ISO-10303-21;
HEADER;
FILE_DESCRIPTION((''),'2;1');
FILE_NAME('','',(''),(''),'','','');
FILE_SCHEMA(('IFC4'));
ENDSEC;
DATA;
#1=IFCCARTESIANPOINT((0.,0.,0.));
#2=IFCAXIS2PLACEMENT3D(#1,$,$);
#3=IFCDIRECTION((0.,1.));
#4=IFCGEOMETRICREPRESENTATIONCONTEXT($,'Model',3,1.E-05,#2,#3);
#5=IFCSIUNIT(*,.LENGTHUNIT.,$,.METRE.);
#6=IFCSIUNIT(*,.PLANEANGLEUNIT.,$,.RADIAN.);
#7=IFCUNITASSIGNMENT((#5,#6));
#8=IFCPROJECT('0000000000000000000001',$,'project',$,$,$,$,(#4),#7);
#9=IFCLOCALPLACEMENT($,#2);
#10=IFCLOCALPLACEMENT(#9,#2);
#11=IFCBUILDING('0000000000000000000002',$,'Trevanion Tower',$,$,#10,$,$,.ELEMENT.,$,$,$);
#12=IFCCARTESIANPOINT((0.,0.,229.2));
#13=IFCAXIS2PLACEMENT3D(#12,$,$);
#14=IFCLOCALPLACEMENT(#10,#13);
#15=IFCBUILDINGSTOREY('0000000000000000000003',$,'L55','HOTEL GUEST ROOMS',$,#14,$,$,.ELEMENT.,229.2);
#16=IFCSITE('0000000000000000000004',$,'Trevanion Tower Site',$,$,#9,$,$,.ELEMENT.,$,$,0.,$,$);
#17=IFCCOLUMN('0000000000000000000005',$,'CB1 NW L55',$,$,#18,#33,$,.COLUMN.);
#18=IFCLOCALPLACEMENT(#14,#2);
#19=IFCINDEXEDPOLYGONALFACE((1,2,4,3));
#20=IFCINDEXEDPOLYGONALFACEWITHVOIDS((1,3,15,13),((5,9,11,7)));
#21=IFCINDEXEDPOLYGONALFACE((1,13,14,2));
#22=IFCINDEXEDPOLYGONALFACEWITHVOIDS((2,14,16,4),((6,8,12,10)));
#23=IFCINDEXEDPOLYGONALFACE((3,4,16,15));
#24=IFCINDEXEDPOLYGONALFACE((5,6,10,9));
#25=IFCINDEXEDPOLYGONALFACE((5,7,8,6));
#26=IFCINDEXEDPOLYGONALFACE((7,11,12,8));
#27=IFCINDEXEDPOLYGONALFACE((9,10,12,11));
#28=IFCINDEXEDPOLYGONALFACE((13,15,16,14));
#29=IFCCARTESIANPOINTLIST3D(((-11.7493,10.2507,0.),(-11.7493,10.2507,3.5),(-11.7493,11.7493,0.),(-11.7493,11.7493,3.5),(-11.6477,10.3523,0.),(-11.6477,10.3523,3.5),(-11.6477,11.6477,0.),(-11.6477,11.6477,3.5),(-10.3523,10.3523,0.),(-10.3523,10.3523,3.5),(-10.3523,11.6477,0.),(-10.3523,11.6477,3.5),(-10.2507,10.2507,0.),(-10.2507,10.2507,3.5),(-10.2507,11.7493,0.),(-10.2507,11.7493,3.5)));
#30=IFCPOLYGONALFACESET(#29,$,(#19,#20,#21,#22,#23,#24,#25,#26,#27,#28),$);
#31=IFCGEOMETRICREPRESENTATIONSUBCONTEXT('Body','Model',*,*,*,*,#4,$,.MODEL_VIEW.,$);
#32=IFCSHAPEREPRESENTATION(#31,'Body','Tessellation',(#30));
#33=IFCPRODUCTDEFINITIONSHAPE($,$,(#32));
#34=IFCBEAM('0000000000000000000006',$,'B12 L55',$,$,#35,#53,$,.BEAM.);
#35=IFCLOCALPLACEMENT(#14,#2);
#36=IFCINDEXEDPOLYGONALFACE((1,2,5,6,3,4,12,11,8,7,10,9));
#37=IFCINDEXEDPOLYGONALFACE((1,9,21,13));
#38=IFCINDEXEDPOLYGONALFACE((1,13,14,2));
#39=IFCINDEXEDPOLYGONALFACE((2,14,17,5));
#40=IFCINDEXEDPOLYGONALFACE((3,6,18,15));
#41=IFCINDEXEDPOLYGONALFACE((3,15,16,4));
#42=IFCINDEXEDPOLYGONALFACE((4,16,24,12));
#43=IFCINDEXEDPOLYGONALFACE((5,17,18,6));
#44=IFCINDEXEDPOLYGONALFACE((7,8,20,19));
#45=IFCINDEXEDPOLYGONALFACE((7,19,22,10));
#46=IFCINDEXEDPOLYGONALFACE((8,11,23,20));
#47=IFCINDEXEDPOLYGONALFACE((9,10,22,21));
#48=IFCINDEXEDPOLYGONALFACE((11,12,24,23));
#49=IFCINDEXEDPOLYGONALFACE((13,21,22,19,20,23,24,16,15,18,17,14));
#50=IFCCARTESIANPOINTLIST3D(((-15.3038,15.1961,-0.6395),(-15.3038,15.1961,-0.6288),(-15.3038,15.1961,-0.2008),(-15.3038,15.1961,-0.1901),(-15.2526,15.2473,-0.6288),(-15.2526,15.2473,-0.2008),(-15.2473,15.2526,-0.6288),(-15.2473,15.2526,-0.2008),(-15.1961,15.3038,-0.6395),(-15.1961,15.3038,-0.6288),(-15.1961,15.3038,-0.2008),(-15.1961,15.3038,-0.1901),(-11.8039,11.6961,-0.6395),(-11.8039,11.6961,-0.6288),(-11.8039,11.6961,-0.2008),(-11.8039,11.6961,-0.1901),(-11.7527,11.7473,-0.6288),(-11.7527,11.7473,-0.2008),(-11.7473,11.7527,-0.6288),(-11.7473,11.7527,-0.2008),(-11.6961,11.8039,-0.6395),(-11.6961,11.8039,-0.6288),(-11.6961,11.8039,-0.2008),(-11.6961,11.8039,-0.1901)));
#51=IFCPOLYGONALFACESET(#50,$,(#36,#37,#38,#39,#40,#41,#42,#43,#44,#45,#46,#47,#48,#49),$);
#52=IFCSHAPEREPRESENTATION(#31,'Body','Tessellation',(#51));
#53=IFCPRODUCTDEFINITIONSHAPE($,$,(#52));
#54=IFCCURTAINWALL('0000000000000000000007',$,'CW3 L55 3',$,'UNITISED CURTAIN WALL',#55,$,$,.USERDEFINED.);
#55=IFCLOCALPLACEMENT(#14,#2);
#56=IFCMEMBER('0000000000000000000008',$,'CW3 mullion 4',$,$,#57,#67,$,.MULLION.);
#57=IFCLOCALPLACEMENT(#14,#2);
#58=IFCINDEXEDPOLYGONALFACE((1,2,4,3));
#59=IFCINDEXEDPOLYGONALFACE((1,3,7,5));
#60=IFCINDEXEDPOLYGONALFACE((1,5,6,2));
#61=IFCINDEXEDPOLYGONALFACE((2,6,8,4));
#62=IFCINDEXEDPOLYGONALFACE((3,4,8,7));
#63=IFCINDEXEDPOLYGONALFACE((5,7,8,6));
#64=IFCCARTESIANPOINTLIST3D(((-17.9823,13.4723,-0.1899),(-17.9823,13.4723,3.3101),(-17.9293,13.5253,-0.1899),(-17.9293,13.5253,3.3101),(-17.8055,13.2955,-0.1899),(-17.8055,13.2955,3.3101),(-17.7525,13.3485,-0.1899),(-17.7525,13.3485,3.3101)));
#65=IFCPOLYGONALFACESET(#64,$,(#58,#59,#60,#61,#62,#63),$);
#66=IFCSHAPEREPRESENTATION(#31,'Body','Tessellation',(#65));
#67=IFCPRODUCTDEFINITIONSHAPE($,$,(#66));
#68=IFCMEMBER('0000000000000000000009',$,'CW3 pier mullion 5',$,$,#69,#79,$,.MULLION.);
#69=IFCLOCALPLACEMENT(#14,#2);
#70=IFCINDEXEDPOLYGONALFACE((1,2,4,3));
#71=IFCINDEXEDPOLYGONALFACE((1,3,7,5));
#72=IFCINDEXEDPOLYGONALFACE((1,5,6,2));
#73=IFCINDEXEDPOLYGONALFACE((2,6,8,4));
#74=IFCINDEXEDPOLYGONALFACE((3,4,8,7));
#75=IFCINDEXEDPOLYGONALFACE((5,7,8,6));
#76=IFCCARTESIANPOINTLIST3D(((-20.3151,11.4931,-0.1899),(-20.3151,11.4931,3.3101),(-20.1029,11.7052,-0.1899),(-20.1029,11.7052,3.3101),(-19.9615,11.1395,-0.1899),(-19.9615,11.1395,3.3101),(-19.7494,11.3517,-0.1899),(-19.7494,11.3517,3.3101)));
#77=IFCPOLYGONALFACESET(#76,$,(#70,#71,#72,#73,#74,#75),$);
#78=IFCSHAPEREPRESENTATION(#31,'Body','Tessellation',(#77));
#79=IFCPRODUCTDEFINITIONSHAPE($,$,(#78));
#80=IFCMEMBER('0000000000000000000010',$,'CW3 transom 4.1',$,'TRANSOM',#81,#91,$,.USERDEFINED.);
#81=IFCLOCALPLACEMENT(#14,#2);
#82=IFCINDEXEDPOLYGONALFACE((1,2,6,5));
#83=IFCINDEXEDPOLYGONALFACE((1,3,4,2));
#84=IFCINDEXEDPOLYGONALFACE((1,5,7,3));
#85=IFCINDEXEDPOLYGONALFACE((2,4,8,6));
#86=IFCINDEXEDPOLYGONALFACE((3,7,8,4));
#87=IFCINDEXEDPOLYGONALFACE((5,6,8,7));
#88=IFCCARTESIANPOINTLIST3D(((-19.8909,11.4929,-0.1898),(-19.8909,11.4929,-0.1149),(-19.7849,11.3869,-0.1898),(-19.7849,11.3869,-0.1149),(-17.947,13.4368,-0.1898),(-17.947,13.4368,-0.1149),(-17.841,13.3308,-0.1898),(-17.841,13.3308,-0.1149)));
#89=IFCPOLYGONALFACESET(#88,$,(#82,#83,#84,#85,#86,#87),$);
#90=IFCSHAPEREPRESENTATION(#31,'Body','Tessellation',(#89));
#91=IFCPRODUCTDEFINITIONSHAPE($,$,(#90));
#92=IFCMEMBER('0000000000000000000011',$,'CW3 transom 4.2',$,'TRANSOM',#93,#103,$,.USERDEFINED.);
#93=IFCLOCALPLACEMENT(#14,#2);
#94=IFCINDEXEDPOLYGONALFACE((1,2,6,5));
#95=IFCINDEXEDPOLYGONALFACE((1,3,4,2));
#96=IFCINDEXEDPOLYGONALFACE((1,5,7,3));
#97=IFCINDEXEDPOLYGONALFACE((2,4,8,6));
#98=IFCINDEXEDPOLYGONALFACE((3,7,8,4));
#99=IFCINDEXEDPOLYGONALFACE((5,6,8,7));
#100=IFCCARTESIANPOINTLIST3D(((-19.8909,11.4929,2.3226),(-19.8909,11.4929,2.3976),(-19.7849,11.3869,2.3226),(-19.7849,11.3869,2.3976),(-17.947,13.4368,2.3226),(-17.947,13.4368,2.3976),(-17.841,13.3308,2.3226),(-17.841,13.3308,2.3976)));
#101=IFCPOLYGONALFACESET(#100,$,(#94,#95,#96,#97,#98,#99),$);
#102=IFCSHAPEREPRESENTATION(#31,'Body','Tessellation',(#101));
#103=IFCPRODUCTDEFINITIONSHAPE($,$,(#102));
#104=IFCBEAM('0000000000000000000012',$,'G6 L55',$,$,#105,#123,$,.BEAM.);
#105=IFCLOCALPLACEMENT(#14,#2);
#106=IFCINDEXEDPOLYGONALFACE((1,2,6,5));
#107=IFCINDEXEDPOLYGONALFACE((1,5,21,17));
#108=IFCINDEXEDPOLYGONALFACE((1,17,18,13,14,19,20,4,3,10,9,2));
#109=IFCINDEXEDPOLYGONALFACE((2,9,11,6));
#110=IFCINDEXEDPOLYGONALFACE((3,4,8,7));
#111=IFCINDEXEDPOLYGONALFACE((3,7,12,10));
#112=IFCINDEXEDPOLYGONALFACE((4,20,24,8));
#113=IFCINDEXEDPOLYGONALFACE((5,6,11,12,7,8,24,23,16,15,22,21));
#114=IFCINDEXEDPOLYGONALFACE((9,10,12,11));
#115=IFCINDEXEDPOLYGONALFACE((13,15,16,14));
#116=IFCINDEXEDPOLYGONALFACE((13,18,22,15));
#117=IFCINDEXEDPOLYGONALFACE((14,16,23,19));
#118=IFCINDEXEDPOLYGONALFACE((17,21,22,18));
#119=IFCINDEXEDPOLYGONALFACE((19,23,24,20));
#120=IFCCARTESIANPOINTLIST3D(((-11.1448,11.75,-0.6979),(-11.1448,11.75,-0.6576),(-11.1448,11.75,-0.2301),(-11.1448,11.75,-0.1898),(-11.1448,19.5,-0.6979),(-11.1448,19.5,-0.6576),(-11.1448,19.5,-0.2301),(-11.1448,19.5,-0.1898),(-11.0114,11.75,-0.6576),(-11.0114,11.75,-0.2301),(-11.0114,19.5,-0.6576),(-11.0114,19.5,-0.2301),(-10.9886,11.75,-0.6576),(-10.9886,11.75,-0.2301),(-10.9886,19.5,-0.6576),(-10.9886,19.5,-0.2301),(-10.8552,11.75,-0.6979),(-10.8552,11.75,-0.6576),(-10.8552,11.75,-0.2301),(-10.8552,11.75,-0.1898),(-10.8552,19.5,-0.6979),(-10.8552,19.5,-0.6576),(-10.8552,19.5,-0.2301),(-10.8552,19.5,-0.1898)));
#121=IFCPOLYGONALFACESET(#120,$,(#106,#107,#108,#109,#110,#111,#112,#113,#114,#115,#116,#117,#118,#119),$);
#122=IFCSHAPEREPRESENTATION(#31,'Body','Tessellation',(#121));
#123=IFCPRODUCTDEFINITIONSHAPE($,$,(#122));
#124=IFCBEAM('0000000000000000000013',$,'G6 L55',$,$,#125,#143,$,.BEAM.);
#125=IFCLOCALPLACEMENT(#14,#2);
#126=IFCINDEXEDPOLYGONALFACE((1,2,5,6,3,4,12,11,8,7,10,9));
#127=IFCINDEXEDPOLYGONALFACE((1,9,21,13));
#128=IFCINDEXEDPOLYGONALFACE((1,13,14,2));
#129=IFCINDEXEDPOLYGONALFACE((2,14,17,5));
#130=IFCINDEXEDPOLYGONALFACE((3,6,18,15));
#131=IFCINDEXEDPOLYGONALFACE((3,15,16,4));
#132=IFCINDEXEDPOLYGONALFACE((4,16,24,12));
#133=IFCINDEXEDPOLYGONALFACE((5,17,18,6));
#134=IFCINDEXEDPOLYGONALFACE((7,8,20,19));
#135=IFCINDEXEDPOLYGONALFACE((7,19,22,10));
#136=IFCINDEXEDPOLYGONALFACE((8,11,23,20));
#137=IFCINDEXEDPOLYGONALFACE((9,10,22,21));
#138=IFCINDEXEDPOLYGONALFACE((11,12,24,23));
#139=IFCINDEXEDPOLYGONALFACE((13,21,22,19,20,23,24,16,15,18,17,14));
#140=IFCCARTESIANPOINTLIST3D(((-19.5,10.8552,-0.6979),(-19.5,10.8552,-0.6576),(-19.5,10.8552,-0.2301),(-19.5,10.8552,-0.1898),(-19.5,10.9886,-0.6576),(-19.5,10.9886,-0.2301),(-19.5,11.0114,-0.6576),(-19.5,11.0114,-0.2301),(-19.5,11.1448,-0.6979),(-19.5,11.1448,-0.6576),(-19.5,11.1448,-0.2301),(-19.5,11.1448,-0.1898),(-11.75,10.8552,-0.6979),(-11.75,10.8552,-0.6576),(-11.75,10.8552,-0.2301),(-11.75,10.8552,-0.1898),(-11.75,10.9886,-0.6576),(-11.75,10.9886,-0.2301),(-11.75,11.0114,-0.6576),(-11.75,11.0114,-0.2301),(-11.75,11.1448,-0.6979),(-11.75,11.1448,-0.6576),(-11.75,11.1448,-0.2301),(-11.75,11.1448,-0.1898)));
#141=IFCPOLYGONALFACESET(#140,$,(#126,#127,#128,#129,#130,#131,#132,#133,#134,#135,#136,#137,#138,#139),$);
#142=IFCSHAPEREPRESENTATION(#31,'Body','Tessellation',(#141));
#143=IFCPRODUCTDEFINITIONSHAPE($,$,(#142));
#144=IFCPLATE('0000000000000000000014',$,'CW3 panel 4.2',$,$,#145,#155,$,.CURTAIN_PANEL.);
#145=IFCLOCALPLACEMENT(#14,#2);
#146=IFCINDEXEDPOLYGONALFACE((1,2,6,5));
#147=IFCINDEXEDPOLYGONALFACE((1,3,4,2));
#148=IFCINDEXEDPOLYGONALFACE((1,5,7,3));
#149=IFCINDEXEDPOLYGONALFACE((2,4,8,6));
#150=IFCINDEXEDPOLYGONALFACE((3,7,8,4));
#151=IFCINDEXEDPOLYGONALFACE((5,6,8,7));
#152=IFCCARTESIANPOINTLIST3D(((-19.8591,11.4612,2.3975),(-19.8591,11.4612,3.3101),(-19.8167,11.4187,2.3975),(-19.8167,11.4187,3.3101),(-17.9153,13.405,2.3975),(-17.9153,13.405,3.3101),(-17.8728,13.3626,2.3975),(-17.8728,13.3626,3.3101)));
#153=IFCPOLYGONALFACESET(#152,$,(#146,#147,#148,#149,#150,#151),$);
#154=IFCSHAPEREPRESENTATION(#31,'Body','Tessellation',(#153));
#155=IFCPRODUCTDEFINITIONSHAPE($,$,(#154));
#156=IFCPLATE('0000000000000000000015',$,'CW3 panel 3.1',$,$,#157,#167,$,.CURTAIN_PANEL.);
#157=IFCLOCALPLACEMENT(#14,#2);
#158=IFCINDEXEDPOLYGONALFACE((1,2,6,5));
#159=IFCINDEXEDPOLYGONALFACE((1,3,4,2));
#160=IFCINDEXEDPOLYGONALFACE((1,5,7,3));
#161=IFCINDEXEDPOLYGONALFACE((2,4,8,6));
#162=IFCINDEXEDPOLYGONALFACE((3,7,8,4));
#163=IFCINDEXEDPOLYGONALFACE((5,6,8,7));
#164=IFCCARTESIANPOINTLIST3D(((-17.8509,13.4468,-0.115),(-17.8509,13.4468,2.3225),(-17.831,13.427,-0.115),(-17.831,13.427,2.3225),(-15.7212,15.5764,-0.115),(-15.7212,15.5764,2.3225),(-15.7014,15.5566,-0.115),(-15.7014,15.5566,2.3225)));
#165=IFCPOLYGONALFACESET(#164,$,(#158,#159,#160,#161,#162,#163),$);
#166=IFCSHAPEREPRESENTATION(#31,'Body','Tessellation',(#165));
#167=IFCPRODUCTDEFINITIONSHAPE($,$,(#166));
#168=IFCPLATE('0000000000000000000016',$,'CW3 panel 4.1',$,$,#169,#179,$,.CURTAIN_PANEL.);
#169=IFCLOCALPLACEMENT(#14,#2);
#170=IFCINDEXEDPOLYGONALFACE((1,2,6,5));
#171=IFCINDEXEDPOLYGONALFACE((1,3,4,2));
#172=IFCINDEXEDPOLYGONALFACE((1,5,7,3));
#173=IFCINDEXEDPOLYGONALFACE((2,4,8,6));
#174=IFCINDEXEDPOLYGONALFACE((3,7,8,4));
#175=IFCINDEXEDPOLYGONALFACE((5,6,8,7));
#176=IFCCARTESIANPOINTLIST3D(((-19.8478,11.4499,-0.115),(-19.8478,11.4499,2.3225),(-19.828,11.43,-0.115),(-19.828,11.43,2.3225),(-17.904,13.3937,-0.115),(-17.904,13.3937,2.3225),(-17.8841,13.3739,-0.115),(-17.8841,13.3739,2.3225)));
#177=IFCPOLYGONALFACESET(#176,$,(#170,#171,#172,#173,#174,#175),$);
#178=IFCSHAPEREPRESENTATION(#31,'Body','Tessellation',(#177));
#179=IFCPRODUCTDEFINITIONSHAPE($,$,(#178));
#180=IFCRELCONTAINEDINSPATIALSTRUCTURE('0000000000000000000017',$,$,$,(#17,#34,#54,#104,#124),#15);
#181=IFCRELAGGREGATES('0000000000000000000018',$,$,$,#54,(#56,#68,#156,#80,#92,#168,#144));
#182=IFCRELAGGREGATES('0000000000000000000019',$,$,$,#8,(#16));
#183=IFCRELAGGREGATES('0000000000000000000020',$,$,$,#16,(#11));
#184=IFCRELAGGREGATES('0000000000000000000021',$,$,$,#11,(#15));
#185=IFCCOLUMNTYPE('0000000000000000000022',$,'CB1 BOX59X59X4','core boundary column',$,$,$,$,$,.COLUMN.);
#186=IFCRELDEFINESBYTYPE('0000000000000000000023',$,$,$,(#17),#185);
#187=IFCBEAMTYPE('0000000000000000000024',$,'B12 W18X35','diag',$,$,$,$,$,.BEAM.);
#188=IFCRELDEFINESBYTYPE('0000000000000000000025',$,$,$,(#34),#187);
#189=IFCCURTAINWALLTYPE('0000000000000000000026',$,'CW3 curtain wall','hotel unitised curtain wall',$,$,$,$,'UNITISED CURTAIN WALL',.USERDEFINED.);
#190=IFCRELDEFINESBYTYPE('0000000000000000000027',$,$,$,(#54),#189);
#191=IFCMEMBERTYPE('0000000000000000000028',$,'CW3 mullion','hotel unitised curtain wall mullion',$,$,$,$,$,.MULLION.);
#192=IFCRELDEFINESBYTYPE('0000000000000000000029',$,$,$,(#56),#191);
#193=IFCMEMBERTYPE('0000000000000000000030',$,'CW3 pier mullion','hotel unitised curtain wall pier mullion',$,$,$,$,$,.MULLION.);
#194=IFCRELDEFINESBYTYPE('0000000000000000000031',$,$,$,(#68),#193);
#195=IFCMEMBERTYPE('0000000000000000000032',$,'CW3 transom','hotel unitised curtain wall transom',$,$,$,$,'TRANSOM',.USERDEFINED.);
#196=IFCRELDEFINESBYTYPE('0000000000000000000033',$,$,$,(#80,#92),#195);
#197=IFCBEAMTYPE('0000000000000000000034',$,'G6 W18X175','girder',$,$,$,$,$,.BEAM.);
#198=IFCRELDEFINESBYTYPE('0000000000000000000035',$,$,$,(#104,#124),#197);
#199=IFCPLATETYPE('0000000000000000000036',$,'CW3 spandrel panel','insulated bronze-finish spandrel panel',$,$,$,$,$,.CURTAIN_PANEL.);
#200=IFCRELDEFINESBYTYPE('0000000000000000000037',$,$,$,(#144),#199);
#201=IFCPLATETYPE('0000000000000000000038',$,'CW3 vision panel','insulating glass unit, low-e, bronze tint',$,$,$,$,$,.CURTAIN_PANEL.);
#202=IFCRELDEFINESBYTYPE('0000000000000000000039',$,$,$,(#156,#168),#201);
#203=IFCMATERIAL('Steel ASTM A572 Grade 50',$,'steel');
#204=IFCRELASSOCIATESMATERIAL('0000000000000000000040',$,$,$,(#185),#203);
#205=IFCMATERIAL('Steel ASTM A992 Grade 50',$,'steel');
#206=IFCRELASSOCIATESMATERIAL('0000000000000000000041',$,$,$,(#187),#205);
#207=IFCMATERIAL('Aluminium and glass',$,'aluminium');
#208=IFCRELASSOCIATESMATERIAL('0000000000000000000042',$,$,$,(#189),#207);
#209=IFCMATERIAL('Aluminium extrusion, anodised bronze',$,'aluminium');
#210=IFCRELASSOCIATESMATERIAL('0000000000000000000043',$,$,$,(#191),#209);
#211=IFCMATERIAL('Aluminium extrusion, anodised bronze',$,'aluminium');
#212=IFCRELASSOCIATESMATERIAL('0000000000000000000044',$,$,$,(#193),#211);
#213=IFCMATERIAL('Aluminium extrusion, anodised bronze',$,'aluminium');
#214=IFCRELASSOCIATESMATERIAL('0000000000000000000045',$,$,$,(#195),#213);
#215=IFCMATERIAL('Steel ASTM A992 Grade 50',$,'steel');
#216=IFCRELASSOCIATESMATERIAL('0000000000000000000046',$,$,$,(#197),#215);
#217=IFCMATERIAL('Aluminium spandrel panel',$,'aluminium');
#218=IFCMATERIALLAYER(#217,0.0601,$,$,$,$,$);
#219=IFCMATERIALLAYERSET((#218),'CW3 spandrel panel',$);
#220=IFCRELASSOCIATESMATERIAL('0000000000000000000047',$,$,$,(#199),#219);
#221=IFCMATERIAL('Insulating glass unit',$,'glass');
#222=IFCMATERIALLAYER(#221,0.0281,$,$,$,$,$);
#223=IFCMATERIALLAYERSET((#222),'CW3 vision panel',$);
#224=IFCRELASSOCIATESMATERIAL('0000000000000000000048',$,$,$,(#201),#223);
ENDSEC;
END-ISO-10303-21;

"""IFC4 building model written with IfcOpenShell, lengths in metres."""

from ifc_helpers import new_model, si_unit, direction, frame, origin, origin_2d, place, context, subcontext, project, spatial, rectangle, hollow_rectangle, i_section, extrude, material, layer, layer_set, material_profile, profile_set, type_object, element, aggregate, save


model = new_model("IFC4")

# Units and contexts
model_context = context("Model", 3, precision=1e-05, world=origin(), true_north=direction((0.0, 1.0)))
body_context = subcontext(model_context, "Body", "Model", "MODEL_VIEW")
ifc_project = project(units=[si_unit("LENGTHUNIT", "METRE"), si_unit("PLANEANGLEUNIT", "RADIAN")], contexts=[model_context])

# Site, building, storey
site_placement = place(None, origin())
site = spatial("IfcSite", under=ifc_project, at=site_placement, Name="Trevanion Tower Site", CompositionType="ELEMENT", RefElevation=0.0)
building_placement = place(site_placement, origin())
building = spatial("IfcBuilding", under=site, at=building_placement, Name="Trevanion Tower", CompositionType="ELEMENT")
storey_placement = place(building_placement, frame((0.0, 0.0, 229.2)))
storey = spatial("IfcBuildingStorey", under=building, at=storey_placement, Name="L55", Description="HOTEL GUEST ROOMS", CompositionType="ELEMENT", Elevation=229.2)

# Column
ifc_material_1 = material(Name="Steel ASTM A572 Grade 50", Category="steel")
ifc_material_profile_1 = material_profile(ifc_material_1, hollow_rectangle(XDim=1.4985, YDim=1.4985, WallThickness=0.1016, at=origin_2d()), Name="BOX59X59X4")
ifc_profile_set_1 = profile_set([ifc_material_profile_1], Name="Steel ASTM A572 Grade 50")
column_type = type_object("IfcColumnType", Name="CB1 BOX59X59X4", Description="core boundary column", PredefinedType="COLUMN", material=ifc_profile_set_1)
column_placement = place(storey_placement, frame((-11.0, 11.0, 0.0), z_axis=(0.0, 0.0, 1.0), x_axis=(1.0, 0.0, 0.0)))
element("IfcColumn", 1, at=column_placement, inside=storey, type_object=column_type, Name="CB1 NW L55", PredefinedType="COLUMN", context=body_context, shape_type="SweptSolid", body=[
    extrude(hollow_rectangle(XDim=1.4985, YDim=1.4985, WallThickness=0.1016, at=origin_2d()), origin(), (0.0, 0.0, 1.0), 3.5),
])

# Beam
ifc_material_2 = material(Name="Steel ASTM A992 Grade 50", Category="steel")
ifc_material_profile_2 = material_profile(ifc_material_2, i_section(OverallWidth=0.1523, OverallDepth=0.4495, WebThickness=0.0076, FlangeThickness=0.0107, at=origin_2d()), Name="W18X35")
ifc_profile_set_2 = profile_set([ifc_material_profile_2], Name="Steel ASTM A992 Grade 50")
beam_type_1 = type_object("IfcBeamType", Name="B12 W18X35", Description="diag", PredefinedType="BEAM", material=ifc_profile_set_2)
beam_placement = place(storey_placement, frame((-11.75, 11.75, -0.4148), z_axis=(-0.707107, 0.707107, 0.0), x_axis=(-0.707107, -0.707107, 0.0)))
element("IfcBeam", 2, at=beam_placement, inside=storey, type_object=beam_type_1, Name="B12 L55", PredefinedType="BEAM", context=body_context, shape_type="SweptSolid", body=[
    extrude(i_section(OverallWidth=0.1523, OverallDepth=0.4495, WebThickness=0.0076, FlangeThickness=0.0107, at=origin_2d()), origin(), (0.0, 0.0, 1.0), 4.9497),
])

# Curtain wall, members
ifc_material_3 = material(Name="Aluminium and glass", Category="aluminium")
curtain_wall_type = type_object("IfcCurtainWallType", Name="CW3 curtain wall", Description="hotel unitised curtain wall", ElementType="UNITISED CURTAIN WALL", PredefinedType="USERDEFINED", material=ifc_material_3)
curtain_wall_placement = place(storey_placement, origin())
curtain_wall = element("IfcCurtainWall", 3, at=curtain_wall_placement, inside=storey, type_object=curtain_wall_type, Name="CW3 L55 3", ObjectType="UNITISED CURTAIN WALL", PredefinedType="USERDEFINED")
ifc_material_4 = material(Name="Aluminium extrusion, anodised bronze", Category="aluminium")
ifc_material_profile_3 = material_profile(ifc_material_4, rectangle(XDim=0.075, YDim=0.25, at=origin_2d()), Name="CW3 mullion")
ifc_profile_set_3 = profile_set([ifc_material_profile_3], Name="Aluminium extrusion, anodised bronze")
member_type_1 = type_object("IfcMemberType", Name="CW3 mullion", Description="hotel unitised curtain wall mullion", PredefinedType="MULLION", material=ifc_profile_set_3)
member_1_placement = place(storey_placement, frame((-17.8674, 13.4104, -0.1899), z_axis=(0.0, 0.0, 1.0), x_axis=(-0.707107, -0.707107, 0.0)))
member_1 = element("IfcMember", 4, at=member_1_placement, type_object=member_type_1, Name="CW3 mullion 4", PredefinedType="MULLION", context=body_context, shape_type="SweptSolid", body=[
    extrude(rectangle(XDim=0.075, YDim=0.25, at=origin_2d()), origin(), (0.0, 0.0, 1.0), 3.5),
])
ifc_material_5 = material(Name="Aluminium extrusion, anodised bronze", Category="aluminium")
ifc_material_profile_4 = material_profile(ifc_material_5, rectangle(XDim=0.3, YDim=0.5, at=origin_2d()), Name="CW3 pier mullion")
ifc_profile_set_4 = profile_set([ifc_material_profile_4], Name="Aluminium extrusion, anodised bronze")
member_type_2 = type_object("IfcMemberType", Name="CW3 pier mullion", Description="hotel unitised curtain wall pier mullion", PredefinedType="MULLION", material=ifc_profile_set_4)
member_2_placement = place(storey_placement, frame((-20.0322, 11.4224, -0.1899), z_axis=(0.0, 0.0, 1.0), x_axis=(-0.707107, -0.707107, 0.0)))
member_2 = element("IfcMember", 5, at=member_2_placement, type_object=member_type_2, Name="CW3 pier mullion 5", PredefinedType="MULLION", context=body_context, shape_type="SweptSolid", body=[
    extrude(rectangle(XDim=0.3, YDim=0.5, at=origin_2d()), origin(), (0.0, 0.0, 1.0), 3.5),
])
ifc_material_6 = material(Name="Aluminium extrusion, anodised bronze", Category="aluminium")
ifc_material_profile_5 = material_profile(ifc_material_6, rectangle(XDim=0.1499, YDim=0.075, at=origin_2d()), Name="CW3 transom")
ifc_profile_set_5 = profile_set([ifc_material_profile_5], Name="Aluminium extrusion, anodised bronze")
member_type_3 = type_object("IfcMemberType", Name="CW3 transom", Description="hotel unitised curtain wall transom", ElementType="TRANSOM", PredefinedType="USERDEFINED", material=ifc_profile_set_5)
member_3_placement = place(storey_placement, frame((-17.894, 13.3838, -0.1523), z_axis=(-0.707107, -0.707107, 0.0), x_axis=(0.707107, -0.707107, 0.0)))
member_3 = element("IfcMember", 6, at=member_3_placement, type_object=member_type_3, Name="CW3 transom 4.1", ObjectType="TRANSOM", PredefinedType="USERDEFINED", context=body_context, shape_type="SweptSolid", body=[
    extrude(rectangle(XDim=0.1499, YDim=0.075, at=origin_2d()), origin(), (0.0, 0.0, 1.0), 2.749),
])
member_4_placement = place(storey_placement, frame((-17.894, 13.3838, 2.3601), z_axis=(-0.707107, -0.707107, 0.0), x_axis=(0.707107, -0.707107, 0.0)))
member_4 = element("IfcMember", 7, at=member_4_placement, type_object=member_type_3, Name="CW3 transom 4.2", ObjectType="TRANSOM", PredefinedType="USERDEFINED", context=body_context, shape_type="SweptSolid", body=[
    extrude(rectangle(XDim=0.1499, YDim=0.075, at=origin_2d()), origin(), (0.0, 0.0, 1.0), 2.749),
])

# Beams
ifc_material_7 = material(Name="Steel ASTM A992 Grade 50", Category="steel")
ifc_material_profile_6 = material_profile(ifc_material_7, i_section(OverallWidth=0.2896, OverallDepth=0.5081, WebThickness=0.0227, FlangeThickness=0.0403, at=origin_2d()), Name="W18X175")
ifc_profile_set_6 = profile_set([ifc_material_profile_6], Name="Steel ASTM A992 Grade 50")
beam_type_2 = type_object("IfcBeamType", Name="G6 W18X175", Description="girder", PredefinedType="BEAM", material=ifc_profile_set_6)
for number, where, z_axis, x_axis, name in (
    (8, (-11.0, 11.75, -0.4438), (0.0, 1.0, 0.0), (-1.0, 0.0, 0.0), "G6 L55"),
    (9, (-11.75, 11.0, -0.4438), (-1.0, 0.0, 0.0), (0.0, -1.0, 0.0), "G6 L55"),
):
    element("IfcBeam", number, at=place(storey_placement, frame(where, z_axis=z_axis, x_axis=x_axis)), inside=storey, type_object=beam_type_2, Name=name, PredefinedType="BEAM", context=body_context, shape_type="SweptSolid", body=[
        extrude(i_section(OverallWidth=0.2896, OverallDepth=0.5081, WebThickness=0.0227, FlangeThickness=0.0403, at=origin_2d()), origin(), (0.0, 0.0, 1.0), 7.75),
    ])

# Plates
ifc_material_8 = material(Name="Aluminium spandrel panel", Category="aluminium")
ifc_layer_1 = layer(ifc_material_8, 0.0601)
ifc_layer_set_1 = layer_set([ifc_layer_1], Name="CW3 spandrel panel")
plate_type_1 = type_object("IfcPlateType", Name="CW3 spandrel panel", Description="insulated bronze-finish spandrel panel", PredefinedType="CURTAIN_PANEL", material=ifc_layer_set_1)
plate_1_placement = place(storey_placement, frame((-18.866, 12.4119, 2.3975), z_axis=(0.0, 0.0, 1.0), x_axis=(-0.707107, -0.707107, 0.0)))
plate_1 = element("IfcPlate", 10, at=plate_1_placement, type_object=plate_type_1, Name="CW3 panel 4.2", PredefinedType="CURTAIN_PANEL", context=body_context, shape_type="SweptSolid", body=[
    extrude(rectangle(XDim=2.749, YDim=0.0601, at=origin_2d()), origin(), (0.0, 0.0, 1.0), 0.9126),
])
ifc_material_9 = material(Name="Insulating glass unit", Category="glass")
ifc_layer_2 = layer(ifc_material_9, 0.0281)
ifc_layer_set_2 = layer_set([ifc_layer_2], Name="CW3 vision panel")
plate_type_2 = type_object("IfcPlateType", Name="CW3 vision panel", Description="insulating glass unit, low-e, bronze tint", PredefinedType="CURTAIN_PANEL", material=ifc_layer_set_2)
plate_2_placement = place(storey_placement, frame((-16.7761, 14.5017, -0.115), z_axis=(0.0, 0.0, 1.0), x_axis=(-0.707107, -0.707107, 0.0)))
plate_2 = element("IfcPlate", 11, at=plate_2_placement, type_object=plate_type_2, Name="CW3 panel 3.1", PredefinedType="CURTAIN_PANEL", context=body_context, shape_type="SweptSolid", body=[
    extrude(rectangle(XDim=3.0117, YDim=0.0281, at=origin_2d()), origin(), (0.0, 0.0, 1.0), 2.4375),
])
plate_3_placement = place(storey_placement, frame((-18.866, 12.4119, -0.115), z_axis=(0.0, 0.0, 1.0), x_axis=(-0.707107, -0.707107, 0.0)))
plate_3 = element("IfcPlate", 12, at=plate_3_placement, type_object=plate_type_2, Name="CW3 panel 4.1", PredefinedType="CURTAIN_PANEL", context=body_context, shape_type="SweptSolid", body=[
    extrude(rectangle(XDim=2.749, YDim=0.0281, at=origin_2d()), origin(), (0.0, 0.0, 1.0), 2.4375),
])
aggregate(curtain_wall, [member_1, member_2, plate_2, member_3, member_4, plate_3, plate_1])

save(model, "model.ifc")
